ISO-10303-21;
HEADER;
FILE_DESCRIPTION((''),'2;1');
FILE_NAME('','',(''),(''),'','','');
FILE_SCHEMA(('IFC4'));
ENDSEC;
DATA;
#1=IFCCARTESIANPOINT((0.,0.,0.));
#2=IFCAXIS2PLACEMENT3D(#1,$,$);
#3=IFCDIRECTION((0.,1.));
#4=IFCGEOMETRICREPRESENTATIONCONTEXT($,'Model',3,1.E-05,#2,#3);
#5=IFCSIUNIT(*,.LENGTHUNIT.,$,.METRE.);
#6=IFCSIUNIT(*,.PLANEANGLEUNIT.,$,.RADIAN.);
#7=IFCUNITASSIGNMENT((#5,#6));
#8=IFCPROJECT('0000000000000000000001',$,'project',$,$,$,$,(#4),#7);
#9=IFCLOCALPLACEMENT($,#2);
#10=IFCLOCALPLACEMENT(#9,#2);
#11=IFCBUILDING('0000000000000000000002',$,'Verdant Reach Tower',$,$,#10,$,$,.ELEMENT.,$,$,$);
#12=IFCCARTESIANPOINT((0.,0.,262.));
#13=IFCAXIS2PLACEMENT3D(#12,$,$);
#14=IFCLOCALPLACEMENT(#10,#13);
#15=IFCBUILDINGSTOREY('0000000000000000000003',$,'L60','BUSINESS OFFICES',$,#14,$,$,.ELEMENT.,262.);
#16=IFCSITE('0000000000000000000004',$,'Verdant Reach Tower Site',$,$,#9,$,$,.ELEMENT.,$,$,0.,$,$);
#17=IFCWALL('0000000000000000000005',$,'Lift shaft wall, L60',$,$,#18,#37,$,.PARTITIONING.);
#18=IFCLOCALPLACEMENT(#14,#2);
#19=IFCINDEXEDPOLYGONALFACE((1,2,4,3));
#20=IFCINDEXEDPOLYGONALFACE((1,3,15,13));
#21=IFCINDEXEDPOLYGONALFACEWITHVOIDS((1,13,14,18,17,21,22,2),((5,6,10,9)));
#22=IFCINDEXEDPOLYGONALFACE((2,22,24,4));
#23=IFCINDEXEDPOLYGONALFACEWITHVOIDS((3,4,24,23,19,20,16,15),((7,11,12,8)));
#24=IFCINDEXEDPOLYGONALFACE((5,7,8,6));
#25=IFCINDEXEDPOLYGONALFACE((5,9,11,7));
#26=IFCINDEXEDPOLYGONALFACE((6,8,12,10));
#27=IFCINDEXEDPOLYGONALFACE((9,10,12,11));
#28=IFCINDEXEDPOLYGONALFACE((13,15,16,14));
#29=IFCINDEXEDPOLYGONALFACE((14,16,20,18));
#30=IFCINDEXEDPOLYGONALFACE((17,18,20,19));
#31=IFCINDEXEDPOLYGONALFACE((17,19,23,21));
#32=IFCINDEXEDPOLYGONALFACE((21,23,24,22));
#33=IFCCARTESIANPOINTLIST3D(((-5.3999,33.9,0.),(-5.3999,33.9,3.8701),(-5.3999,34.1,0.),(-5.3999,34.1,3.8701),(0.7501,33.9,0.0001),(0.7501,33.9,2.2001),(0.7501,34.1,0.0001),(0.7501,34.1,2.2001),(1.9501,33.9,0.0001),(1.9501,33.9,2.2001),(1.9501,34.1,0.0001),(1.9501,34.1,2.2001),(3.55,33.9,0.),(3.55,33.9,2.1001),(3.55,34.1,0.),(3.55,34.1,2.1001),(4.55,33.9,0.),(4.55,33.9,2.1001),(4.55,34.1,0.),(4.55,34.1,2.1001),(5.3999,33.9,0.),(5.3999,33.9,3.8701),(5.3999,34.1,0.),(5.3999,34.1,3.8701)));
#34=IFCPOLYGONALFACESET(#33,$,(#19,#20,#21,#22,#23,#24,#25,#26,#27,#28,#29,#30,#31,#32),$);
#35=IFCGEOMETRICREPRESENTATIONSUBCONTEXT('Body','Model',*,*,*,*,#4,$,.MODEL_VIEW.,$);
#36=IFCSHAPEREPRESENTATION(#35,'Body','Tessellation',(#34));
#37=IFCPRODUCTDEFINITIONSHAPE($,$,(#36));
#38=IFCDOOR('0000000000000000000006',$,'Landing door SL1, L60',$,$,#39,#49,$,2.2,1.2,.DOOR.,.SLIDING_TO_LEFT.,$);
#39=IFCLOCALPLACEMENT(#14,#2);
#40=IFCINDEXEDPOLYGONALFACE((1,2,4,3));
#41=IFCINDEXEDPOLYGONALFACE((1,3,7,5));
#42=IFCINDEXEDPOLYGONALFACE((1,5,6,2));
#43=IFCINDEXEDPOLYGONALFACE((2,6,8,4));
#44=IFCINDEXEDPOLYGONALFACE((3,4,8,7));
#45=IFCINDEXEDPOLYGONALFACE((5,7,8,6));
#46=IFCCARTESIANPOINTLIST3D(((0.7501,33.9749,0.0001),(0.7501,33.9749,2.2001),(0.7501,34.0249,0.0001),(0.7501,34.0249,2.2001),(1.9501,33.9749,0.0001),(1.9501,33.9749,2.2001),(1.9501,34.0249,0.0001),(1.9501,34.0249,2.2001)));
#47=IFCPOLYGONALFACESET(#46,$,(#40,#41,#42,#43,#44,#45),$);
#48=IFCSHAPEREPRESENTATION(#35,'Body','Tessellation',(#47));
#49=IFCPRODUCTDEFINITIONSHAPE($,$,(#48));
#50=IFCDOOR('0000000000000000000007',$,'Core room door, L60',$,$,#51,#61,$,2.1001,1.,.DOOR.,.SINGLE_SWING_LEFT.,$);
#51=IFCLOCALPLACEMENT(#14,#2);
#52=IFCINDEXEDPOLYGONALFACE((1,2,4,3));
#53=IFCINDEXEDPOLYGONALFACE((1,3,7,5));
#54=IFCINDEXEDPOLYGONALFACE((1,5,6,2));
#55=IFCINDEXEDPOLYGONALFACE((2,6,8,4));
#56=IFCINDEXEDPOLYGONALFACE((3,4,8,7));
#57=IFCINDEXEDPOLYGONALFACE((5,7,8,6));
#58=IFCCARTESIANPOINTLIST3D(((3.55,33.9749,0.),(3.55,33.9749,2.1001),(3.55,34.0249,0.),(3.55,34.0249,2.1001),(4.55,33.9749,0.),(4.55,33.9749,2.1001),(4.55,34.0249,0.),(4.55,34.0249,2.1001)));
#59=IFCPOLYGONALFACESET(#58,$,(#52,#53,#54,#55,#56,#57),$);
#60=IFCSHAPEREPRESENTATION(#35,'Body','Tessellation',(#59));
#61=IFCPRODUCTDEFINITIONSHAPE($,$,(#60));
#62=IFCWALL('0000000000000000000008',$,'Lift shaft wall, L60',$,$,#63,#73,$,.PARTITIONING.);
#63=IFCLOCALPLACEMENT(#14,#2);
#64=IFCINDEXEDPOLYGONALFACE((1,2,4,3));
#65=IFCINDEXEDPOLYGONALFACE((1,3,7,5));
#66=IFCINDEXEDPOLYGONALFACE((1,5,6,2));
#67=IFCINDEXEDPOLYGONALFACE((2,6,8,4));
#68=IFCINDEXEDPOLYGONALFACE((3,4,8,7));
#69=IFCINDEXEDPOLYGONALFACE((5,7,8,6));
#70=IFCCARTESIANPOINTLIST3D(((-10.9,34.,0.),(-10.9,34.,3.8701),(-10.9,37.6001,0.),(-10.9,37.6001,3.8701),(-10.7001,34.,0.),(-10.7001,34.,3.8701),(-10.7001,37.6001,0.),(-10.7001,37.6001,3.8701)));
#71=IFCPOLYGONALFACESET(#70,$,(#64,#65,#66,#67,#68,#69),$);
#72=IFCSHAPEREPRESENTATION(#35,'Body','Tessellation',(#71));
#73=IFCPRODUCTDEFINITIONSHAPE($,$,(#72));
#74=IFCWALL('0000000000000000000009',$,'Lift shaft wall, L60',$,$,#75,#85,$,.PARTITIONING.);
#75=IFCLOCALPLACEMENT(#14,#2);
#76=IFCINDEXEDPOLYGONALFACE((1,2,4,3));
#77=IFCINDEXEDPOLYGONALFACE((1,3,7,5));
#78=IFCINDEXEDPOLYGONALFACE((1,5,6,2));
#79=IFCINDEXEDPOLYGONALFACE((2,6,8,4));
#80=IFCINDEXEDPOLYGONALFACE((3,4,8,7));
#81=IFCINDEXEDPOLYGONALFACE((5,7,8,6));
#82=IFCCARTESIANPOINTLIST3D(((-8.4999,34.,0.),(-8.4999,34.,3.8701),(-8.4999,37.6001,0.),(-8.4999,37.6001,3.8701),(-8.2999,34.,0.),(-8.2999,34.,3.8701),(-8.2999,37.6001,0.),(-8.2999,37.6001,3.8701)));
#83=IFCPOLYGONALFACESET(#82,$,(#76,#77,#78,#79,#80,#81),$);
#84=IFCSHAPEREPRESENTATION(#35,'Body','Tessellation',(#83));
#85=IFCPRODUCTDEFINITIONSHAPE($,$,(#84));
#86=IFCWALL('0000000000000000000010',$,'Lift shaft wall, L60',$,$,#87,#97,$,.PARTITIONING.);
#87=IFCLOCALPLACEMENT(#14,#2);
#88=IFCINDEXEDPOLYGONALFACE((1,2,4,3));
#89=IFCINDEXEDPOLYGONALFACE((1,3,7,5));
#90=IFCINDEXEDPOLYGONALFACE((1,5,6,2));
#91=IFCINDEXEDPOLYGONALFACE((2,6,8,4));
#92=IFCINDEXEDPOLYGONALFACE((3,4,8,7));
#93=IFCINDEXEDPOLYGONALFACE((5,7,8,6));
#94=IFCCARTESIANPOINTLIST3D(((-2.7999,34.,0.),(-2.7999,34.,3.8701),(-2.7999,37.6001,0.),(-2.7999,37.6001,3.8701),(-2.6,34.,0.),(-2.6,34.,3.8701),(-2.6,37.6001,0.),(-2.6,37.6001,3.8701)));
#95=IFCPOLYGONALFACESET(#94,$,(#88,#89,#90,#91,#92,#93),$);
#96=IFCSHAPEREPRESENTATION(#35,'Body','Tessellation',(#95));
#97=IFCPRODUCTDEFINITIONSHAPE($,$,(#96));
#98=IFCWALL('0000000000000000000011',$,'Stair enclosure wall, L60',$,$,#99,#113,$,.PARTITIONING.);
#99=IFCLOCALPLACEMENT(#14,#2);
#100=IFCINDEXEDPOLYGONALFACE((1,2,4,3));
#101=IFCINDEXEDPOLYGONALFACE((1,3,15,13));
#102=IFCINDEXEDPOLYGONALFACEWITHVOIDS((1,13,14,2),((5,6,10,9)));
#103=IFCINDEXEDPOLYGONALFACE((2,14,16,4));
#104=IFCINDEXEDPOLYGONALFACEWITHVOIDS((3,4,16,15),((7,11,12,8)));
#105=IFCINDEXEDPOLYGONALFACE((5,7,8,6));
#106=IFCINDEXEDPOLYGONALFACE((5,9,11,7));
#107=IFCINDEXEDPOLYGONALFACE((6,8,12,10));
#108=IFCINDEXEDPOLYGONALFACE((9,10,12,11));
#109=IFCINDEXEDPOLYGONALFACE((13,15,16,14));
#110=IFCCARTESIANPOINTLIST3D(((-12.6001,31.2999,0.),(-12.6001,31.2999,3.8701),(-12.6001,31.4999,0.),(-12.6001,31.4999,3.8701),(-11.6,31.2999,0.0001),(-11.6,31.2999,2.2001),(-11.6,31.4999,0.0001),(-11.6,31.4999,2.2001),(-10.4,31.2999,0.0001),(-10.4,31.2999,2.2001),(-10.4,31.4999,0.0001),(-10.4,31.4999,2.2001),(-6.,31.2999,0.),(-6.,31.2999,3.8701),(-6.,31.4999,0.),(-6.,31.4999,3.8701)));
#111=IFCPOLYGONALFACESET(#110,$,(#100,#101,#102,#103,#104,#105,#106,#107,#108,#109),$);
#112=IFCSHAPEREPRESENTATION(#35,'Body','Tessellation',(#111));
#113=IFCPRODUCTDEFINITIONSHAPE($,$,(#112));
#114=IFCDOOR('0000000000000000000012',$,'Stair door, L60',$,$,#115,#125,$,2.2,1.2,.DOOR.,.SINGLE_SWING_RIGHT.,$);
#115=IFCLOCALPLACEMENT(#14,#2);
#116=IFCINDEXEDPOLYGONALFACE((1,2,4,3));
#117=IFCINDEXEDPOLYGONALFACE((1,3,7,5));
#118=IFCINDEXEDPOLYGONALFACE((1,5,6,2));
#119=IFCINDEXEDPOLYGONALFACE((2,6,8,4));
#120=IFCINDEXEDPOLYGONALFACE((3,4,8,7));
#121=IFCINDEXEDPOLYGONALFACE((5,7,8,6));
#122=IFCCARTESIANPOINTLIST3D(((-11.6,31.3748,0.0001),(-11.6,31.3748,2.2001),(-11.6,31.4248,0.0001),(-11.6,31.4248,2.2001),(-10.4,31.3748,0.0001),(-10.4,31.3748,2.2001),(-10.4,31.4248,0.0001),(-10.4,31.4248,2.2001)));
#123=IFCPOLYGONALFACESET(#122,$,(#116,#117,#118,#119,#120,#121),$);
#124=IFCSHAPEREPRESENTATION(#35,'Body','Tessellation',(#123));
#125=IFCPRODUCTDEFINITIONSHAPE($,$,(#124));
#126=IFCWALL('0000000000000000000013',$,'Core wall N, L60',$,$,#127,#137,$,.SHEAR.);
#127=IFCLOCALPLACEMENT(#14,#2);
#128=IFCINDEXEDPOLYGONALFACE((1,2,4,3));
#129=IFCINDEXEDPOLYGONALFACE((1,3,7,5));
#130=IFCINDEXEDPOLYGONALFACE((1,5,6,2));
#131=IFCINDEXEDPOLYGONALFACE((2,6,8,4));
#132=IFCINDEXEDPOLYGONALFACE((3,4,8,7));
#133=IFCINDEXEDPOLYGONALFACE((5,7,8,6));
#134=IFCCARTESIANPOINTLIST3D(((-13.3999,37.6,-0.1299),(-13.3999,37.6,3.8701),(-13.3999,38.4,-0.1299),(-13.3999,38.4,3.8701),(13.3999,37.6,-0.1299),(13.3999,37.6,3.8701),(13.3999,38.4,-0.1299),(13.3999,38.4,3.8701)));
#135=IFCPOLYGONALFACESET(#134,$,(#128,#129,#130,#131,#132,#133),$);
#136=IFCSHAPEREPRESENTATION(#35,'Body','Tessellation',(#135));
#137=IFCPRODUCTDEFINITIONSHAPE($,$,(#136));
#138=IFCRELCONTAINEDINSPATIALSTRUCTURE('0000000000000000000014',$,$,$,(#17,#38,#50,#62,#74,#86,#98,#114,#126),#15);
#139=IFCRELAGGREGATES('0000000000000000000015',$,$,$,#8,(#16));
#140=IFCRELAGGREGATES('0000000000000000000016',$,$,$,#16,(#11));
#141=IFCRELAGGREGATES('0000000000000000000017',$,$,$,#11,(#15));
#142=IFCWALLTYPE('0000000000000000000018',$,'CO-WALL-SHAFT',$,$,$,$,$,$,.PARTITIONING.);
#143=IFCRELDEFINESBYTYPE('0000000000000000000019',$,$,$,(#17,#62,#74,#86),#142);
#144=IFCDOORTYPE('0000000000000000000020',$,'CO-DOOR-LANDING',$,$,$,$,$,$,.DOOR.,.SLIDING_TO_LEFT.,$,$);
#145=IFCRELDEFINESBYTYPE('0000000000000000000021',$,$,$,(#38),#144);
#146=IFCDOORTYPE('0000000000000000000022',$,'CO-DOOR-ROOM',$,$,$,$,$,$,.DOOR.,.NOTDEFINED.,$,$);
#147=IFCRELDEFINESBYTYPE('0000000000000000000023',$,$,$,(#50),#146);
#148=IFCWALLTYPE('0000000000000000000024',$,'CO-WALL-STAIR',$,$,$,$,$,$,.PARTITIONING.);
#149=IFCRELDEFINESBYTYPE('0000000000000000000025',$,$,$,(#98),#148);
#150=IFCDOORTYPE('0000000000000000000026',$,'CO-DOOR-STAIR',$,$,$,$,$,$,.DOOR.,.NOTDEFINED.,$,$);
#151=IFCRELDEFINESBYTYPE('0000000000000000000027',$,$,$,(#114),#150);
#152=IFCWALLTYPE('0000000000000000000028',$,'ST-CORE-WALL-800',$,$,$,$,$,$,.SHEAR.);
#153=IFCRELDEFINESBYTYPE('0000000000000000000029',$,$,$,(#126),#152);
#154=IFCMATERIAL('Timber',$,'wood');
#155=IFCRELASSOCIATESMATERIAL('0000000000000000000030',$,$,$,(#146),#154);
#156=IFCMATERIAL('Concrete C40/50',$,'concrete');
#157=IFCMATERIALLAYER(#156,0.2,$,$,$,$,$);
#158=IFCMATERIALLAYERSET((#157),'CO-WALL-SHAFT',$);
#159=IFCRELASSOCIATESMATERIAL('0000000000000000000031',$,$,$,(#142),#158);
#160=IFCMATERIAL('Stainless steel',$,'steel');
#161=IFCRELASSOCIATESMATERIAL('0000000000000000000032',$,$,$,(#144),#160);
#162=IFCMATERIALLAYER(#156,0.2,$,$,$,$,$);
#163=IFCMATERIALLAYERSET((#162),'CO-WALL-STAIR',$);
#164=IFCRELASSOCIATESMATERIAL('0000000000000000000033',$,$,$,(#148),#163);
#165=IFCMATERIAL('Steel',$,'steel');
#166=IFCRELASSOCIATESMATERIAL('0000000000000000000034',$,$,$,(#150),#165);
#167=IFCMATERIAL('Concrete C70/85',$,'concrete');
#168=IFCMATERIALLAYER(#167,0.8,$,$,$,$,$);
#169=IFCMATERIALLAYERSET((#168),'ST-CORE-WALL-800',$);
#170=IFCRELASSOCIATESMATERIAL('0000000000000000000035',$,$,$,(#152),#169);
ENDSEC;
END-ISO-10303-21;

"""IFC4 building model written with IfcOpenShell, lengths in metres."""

from ifc_helpers import new_model, si_unit, direction, frame, frame_2d, origin, place, context, subcontext, project, spatial, rectangle, extrude, material, layer, layer_set, type_object, element, fill, save


model = new_model("IFC4")

# Units and contexts
model_context = context("Model", 3, precision=1e-05, world=origin(), true_north=direction((0.0, 1.0)))
body_context = subcontext(model_context, "Body", "Model", "MODEL_VIEW")
ifc_project = project(units=[si_unit("LENGTHUNIT", "METRE"), si_unit("PLANEANGLEUNIT", "RADIAN")], contexts=[model_context])

# Site, building, storey
site_placement = place(None, origin())
site = spatial("IfcSite", under=ifc_project, at=site_placement, Name="Verdant Reach Tower Site", CompositionType="ELEMENT", RefElevation=0.0)
building_placement = place(site_placement, origin())
building = spatial("IfcBuilding", under=site, at=building_placement, Name="Verdant Reach Tower", CompositionType="ELEMENT")
storey_placement = place(building_placement, frame((0.0, 0.0, 262.0)))
storey = spatial("IfcBuildingStorey", under=building, at=storey_placement, Name="L60", Description="BUSINESS OFFICES", CompositionType="ELEMENT", Elevation=262.0)

# Wall, openings, doors
ifc_material_1 = material(Name="Timber", Category="wood")
door_type_1 = type_object("IfcDoorType", Name="CO-DOOR-ROOM", OperationType="NOTDEFINED", PredefinedType="DOOR", material=ifc_material_1)
ifc_material_2 = material(Name="Concrete C40/50", Category="concrete")
ifc_layer_1 = layer(ifc_material_2, 0.2)
ifc_layer_set_1 = layer_set([ifc_layer_1], Name="CO-WALL-SHAFT")
wall_type_1 = type_object("IfcWallType", Name="CO-WALL-SHAFT", PredefinedType="PARTITIONING", material=ifc_layer_set_1)
ifc_material_3 = material(Name="Stainless steel", Category="steel")
ifc_material_4 = material(Name="Steel", Category="steel")
wall_1_placement = place(storey_placement, frame((-5.3999, 34.0, 0.0), z_axis=(0.0, 0.0, 1.0), x_axis=(1.0, 0.0, 0.0)))
wall_1 = element("IfcWall", 1, at=wall_1_placement, inside=storey, type_object=wall_type_1, Name="Lift shaft wall, L60", PredefinedType="PARTITIONING", context=body_context, shape_type="SweptSolid", body=[
    extrude(rectangle(XDim=10.7998, YDim=0.2, at=frame_2d((5.3999, 0.0))), origin(), (0.0, 0.0, 1.0), 3.8701),
])
opening_1_placement = place(wall_1_placement, frame((6.1499, 0.0, 0.0)))
opening_1 = element("IfcOpeningElement", 2, at=opening_1_placement, cuts=wall_1, PredefinedType="OPENING", context=body_context, shape_type="SweptSolid", body=[
    extrude(rectangle(XDim=1.2, YDim=2.2, at=frame_2d((0.6001, 1.1001))), frame((0.0, 0.1099, 0.0), z_axis=(0.0, -1.0, 0.0), x_axis=(1.0, 0.0, 0.0)), (0.0, 0.0, 1.0), 0.22),
])
opening_2_placement = place(wall_1_placement, frame((8.95, 0.0, 0.0)))
opening_2 = element("IfcOpeningElement", 3, at=opening_2_placement, cuts=wall_1, PredefinedType="OPENING", context=body_context, shape_type="SweptSolid", body=[
    extrude(rectangle(XDim=1.0, YDim=2.1001, at=frame_2d((0.5, 1.05))), frame((0.0, 0.1099, 0.0), z_axis=(0.0, -1.0, 0.0), x_axis=(1.0, 0.0, 0.0)), (0.0, 0.0, 1.0), 0.22),
])
door_type_2 = type_object("IfcDoorType", Name="CO-DOOR-LANDING", OperationType="SLIDING_TO_LEFT", PredefinedType="DOOR", material=ifc_material_3)
door_1_placement = place(opening_1_placement, origin())
door_1 = element("IfcDoor", 4, at=door_1_placement, inside=storey, type_object=door_type_2, Name="Landing door SL1, L60", OperationType="SLIDING_TO_LEFT", OverallHeight=2.2, OverallWidth=1.2, PredefinedType="DOOR", context=body_context, shape_type="SweptSolid", body=[
    extrude(rectangle(XDim=1.2, YDim=2.2, at=frame_2d((0.6001, 1.1001))), frame((0.0, 0.0249, 0.0), z_axis=(0.0, -1.0, 0.0), x_axis=(1.0, 0.0, 0.0)), (0.0, 0.0, 1.0), 0.05),
])
fill(opening_1, door_1)
door_2_placement = place(opening_2_placement, origin())
door_2 = element("IfcDoor", 5, at=door_2_placement, inside=storey, type_object=door_type_1, Name="Core room door, L60", OperationType="SINGLE_SWING_LEFT", OverallHeight=2.1001, OverallWidth=1.0, PredefinedType="DOOR", context=body_context, shape_type="SweptSolid", body=[
    extrude(rectangle(XDim=1.0, YDim=2.1001, at=frame_2d((0.5, 1.05))), frame((0.0, 0.0249, 0.0), z_axis=(0.0, -1.0, 0.0), x_axis=(1.0, 0.0, 0.0)), (0.0, 0.0, 1.0), 0.05),
])
fill(opening_2, door_2)

# Walls
for number, where, z_axis, x_axis, name in (
    (6, (-10.8, 34.0, 0.0), (0.0, 0.0, 1.0), (0.0, 1.0, 0.0), "Lift shaft wall, L60"),
    (7, (-8.3999, 34.0, 0.0), (0.0, 0.0, 1.0), (0.0, 1.0, 0.0), "Lift shaft wall, L60"),
    (8, (-2.7, 34.0, 0.0), (0.0, 0.0, 1.0), (0.0, 1.0, 0.0), "Lift shaft wall, L60"),
):
    element("IfcWall", number, at=place(storey_placement, frame(where, z_axis=z_axis, x_axis=x_axis)), inside=storey, type_object=wall_type_1, Name=name, PredefinedType="PARTITIONING", context=body_context, shape_type="SweptSolid", body=[
        extrude(rectangle(XDim=3.6001, YDim=0.2, at=frame_2d((1.8, 0.0))), origin(), (0.0, 0.0, 1.0), 3.8701),
    ])

# Wall, opening, door
ifc_layer_2 = layer(ifc_material_2, 0.2)
ifc_layer_set_2 = layer_set([ifc_layer_2], Name="CO-WALL-STAIR")
wall_type_2 = type_object("IfcWallType", Name="CO-WALL-STAIR", PredefinedType="PARTITIONING", material=ifc_layer_set_2)
wall_2_placement = place(storey_placement, frame((-12.6001, 31.3999, 0.0), z_axis=(0.0, 0.0, 1.0), x_axis=(1.0, 0.0, 0.0)))
wall_2 = element("IfcWall", 9, at=wall_2_placement, inside=storey, type_object=wall_type_2, Name="Stair enclosure wall, L60", PredefinedType="PARTITIONING", context=body_context, shape_type="SweptSolid", body=[
    extrude(rectangle(XDim=6.6001, YDim=0.2, at=frame_2d((3.3, 0.0))), origin(), (0.0, 0.0, 1.0), 3.8701),
])
opening_3_placement = place(wall_2_placement, frame((1.0, 0.0, 0.0)))
opening_3 = element("IfcOpeningElement", 10, at=opening_3_placement, cuts=wall_2, PredefinedType="OPENING", context=body_context, shape_type="SweptSolid", body=[
    extrude(rectangle(XDim=1.2, YDim=2.2, at=frame_2d((0.6001, 1.1001))), frame((0.0, 0.1099, 0.0), z_axis=(0.0, -1.0, 0.0), x_axis=(1.0, 0.0, 0.0)), (0.0, 0.0, 1.0), 0.22),
])
door_type_3 = type_object("IfcDoorType", Name="CO-DOOR-STAIR", OperationType="NOTDEFINED", PredefinedType="DOOR", material=ifc_material_4)
door_3_placement = place(opening_3_placement, origin())
door_3 = element("IfcDoor", 11, at=door_3_placement, inside=storey, type_object=door_type_3, Name="Stair door, L60", OperationType="SINGLE_SWING_RIGHT", OverallHeight=2.2, OverallWidth=1.2, PredefinedType="DOOR", context=body_context, shape_type="SweptSolid", body=[
    extrude(rectangle(XDim=1.2, YDim=2.2, at=frame_2d((0.6001, 1.1001))), frame((0.0, 0.0249, 0.0), z_axis=(0.0, -1.0, 0.0), x_axis=(1.0, 0.0, 0.0)), (0.0, 0.0, 1.0), 0.05),
])
fill(opening_3, door_3)

# Wall
ifc_material_5 = material(Name="Concrete C70/85", Category="concrete")
ifc_layer_3 = layer(ifc_material_5, 0.8)
ifc_layer_set_3 = layer_set([ifc_layer_3], Name="ST-CORE-WALL-800")
wall_type_3 = type_object("IfcWallType", Name="ST-CORE-WALL-800", PredefinedType="SHEAR", material=ifc_layer_set_3)
wall_3_placement = place(storey_placement, frame((-13.3999, 38.0, -0.1299), z_axis=(0.0, 0.0, 1.0), x_axis=(1.0, 0.0, 0.0)))
element("IfcWall", 12, at=wall_3_placement, inside=storey, type_object=wall_type_3, Name="Core wall N, L60", PredefinedType="SHEAR", context=body_context, shape_type="SweptSolid", body=[
    extrude(rectangle(XDim=26.7998, YDim=0.8, at=frame_2d((13.3999, 0.0))), origin(), (0.0, 0.0, 1.0), 4.0),
])

save(model, "model.ifc")
